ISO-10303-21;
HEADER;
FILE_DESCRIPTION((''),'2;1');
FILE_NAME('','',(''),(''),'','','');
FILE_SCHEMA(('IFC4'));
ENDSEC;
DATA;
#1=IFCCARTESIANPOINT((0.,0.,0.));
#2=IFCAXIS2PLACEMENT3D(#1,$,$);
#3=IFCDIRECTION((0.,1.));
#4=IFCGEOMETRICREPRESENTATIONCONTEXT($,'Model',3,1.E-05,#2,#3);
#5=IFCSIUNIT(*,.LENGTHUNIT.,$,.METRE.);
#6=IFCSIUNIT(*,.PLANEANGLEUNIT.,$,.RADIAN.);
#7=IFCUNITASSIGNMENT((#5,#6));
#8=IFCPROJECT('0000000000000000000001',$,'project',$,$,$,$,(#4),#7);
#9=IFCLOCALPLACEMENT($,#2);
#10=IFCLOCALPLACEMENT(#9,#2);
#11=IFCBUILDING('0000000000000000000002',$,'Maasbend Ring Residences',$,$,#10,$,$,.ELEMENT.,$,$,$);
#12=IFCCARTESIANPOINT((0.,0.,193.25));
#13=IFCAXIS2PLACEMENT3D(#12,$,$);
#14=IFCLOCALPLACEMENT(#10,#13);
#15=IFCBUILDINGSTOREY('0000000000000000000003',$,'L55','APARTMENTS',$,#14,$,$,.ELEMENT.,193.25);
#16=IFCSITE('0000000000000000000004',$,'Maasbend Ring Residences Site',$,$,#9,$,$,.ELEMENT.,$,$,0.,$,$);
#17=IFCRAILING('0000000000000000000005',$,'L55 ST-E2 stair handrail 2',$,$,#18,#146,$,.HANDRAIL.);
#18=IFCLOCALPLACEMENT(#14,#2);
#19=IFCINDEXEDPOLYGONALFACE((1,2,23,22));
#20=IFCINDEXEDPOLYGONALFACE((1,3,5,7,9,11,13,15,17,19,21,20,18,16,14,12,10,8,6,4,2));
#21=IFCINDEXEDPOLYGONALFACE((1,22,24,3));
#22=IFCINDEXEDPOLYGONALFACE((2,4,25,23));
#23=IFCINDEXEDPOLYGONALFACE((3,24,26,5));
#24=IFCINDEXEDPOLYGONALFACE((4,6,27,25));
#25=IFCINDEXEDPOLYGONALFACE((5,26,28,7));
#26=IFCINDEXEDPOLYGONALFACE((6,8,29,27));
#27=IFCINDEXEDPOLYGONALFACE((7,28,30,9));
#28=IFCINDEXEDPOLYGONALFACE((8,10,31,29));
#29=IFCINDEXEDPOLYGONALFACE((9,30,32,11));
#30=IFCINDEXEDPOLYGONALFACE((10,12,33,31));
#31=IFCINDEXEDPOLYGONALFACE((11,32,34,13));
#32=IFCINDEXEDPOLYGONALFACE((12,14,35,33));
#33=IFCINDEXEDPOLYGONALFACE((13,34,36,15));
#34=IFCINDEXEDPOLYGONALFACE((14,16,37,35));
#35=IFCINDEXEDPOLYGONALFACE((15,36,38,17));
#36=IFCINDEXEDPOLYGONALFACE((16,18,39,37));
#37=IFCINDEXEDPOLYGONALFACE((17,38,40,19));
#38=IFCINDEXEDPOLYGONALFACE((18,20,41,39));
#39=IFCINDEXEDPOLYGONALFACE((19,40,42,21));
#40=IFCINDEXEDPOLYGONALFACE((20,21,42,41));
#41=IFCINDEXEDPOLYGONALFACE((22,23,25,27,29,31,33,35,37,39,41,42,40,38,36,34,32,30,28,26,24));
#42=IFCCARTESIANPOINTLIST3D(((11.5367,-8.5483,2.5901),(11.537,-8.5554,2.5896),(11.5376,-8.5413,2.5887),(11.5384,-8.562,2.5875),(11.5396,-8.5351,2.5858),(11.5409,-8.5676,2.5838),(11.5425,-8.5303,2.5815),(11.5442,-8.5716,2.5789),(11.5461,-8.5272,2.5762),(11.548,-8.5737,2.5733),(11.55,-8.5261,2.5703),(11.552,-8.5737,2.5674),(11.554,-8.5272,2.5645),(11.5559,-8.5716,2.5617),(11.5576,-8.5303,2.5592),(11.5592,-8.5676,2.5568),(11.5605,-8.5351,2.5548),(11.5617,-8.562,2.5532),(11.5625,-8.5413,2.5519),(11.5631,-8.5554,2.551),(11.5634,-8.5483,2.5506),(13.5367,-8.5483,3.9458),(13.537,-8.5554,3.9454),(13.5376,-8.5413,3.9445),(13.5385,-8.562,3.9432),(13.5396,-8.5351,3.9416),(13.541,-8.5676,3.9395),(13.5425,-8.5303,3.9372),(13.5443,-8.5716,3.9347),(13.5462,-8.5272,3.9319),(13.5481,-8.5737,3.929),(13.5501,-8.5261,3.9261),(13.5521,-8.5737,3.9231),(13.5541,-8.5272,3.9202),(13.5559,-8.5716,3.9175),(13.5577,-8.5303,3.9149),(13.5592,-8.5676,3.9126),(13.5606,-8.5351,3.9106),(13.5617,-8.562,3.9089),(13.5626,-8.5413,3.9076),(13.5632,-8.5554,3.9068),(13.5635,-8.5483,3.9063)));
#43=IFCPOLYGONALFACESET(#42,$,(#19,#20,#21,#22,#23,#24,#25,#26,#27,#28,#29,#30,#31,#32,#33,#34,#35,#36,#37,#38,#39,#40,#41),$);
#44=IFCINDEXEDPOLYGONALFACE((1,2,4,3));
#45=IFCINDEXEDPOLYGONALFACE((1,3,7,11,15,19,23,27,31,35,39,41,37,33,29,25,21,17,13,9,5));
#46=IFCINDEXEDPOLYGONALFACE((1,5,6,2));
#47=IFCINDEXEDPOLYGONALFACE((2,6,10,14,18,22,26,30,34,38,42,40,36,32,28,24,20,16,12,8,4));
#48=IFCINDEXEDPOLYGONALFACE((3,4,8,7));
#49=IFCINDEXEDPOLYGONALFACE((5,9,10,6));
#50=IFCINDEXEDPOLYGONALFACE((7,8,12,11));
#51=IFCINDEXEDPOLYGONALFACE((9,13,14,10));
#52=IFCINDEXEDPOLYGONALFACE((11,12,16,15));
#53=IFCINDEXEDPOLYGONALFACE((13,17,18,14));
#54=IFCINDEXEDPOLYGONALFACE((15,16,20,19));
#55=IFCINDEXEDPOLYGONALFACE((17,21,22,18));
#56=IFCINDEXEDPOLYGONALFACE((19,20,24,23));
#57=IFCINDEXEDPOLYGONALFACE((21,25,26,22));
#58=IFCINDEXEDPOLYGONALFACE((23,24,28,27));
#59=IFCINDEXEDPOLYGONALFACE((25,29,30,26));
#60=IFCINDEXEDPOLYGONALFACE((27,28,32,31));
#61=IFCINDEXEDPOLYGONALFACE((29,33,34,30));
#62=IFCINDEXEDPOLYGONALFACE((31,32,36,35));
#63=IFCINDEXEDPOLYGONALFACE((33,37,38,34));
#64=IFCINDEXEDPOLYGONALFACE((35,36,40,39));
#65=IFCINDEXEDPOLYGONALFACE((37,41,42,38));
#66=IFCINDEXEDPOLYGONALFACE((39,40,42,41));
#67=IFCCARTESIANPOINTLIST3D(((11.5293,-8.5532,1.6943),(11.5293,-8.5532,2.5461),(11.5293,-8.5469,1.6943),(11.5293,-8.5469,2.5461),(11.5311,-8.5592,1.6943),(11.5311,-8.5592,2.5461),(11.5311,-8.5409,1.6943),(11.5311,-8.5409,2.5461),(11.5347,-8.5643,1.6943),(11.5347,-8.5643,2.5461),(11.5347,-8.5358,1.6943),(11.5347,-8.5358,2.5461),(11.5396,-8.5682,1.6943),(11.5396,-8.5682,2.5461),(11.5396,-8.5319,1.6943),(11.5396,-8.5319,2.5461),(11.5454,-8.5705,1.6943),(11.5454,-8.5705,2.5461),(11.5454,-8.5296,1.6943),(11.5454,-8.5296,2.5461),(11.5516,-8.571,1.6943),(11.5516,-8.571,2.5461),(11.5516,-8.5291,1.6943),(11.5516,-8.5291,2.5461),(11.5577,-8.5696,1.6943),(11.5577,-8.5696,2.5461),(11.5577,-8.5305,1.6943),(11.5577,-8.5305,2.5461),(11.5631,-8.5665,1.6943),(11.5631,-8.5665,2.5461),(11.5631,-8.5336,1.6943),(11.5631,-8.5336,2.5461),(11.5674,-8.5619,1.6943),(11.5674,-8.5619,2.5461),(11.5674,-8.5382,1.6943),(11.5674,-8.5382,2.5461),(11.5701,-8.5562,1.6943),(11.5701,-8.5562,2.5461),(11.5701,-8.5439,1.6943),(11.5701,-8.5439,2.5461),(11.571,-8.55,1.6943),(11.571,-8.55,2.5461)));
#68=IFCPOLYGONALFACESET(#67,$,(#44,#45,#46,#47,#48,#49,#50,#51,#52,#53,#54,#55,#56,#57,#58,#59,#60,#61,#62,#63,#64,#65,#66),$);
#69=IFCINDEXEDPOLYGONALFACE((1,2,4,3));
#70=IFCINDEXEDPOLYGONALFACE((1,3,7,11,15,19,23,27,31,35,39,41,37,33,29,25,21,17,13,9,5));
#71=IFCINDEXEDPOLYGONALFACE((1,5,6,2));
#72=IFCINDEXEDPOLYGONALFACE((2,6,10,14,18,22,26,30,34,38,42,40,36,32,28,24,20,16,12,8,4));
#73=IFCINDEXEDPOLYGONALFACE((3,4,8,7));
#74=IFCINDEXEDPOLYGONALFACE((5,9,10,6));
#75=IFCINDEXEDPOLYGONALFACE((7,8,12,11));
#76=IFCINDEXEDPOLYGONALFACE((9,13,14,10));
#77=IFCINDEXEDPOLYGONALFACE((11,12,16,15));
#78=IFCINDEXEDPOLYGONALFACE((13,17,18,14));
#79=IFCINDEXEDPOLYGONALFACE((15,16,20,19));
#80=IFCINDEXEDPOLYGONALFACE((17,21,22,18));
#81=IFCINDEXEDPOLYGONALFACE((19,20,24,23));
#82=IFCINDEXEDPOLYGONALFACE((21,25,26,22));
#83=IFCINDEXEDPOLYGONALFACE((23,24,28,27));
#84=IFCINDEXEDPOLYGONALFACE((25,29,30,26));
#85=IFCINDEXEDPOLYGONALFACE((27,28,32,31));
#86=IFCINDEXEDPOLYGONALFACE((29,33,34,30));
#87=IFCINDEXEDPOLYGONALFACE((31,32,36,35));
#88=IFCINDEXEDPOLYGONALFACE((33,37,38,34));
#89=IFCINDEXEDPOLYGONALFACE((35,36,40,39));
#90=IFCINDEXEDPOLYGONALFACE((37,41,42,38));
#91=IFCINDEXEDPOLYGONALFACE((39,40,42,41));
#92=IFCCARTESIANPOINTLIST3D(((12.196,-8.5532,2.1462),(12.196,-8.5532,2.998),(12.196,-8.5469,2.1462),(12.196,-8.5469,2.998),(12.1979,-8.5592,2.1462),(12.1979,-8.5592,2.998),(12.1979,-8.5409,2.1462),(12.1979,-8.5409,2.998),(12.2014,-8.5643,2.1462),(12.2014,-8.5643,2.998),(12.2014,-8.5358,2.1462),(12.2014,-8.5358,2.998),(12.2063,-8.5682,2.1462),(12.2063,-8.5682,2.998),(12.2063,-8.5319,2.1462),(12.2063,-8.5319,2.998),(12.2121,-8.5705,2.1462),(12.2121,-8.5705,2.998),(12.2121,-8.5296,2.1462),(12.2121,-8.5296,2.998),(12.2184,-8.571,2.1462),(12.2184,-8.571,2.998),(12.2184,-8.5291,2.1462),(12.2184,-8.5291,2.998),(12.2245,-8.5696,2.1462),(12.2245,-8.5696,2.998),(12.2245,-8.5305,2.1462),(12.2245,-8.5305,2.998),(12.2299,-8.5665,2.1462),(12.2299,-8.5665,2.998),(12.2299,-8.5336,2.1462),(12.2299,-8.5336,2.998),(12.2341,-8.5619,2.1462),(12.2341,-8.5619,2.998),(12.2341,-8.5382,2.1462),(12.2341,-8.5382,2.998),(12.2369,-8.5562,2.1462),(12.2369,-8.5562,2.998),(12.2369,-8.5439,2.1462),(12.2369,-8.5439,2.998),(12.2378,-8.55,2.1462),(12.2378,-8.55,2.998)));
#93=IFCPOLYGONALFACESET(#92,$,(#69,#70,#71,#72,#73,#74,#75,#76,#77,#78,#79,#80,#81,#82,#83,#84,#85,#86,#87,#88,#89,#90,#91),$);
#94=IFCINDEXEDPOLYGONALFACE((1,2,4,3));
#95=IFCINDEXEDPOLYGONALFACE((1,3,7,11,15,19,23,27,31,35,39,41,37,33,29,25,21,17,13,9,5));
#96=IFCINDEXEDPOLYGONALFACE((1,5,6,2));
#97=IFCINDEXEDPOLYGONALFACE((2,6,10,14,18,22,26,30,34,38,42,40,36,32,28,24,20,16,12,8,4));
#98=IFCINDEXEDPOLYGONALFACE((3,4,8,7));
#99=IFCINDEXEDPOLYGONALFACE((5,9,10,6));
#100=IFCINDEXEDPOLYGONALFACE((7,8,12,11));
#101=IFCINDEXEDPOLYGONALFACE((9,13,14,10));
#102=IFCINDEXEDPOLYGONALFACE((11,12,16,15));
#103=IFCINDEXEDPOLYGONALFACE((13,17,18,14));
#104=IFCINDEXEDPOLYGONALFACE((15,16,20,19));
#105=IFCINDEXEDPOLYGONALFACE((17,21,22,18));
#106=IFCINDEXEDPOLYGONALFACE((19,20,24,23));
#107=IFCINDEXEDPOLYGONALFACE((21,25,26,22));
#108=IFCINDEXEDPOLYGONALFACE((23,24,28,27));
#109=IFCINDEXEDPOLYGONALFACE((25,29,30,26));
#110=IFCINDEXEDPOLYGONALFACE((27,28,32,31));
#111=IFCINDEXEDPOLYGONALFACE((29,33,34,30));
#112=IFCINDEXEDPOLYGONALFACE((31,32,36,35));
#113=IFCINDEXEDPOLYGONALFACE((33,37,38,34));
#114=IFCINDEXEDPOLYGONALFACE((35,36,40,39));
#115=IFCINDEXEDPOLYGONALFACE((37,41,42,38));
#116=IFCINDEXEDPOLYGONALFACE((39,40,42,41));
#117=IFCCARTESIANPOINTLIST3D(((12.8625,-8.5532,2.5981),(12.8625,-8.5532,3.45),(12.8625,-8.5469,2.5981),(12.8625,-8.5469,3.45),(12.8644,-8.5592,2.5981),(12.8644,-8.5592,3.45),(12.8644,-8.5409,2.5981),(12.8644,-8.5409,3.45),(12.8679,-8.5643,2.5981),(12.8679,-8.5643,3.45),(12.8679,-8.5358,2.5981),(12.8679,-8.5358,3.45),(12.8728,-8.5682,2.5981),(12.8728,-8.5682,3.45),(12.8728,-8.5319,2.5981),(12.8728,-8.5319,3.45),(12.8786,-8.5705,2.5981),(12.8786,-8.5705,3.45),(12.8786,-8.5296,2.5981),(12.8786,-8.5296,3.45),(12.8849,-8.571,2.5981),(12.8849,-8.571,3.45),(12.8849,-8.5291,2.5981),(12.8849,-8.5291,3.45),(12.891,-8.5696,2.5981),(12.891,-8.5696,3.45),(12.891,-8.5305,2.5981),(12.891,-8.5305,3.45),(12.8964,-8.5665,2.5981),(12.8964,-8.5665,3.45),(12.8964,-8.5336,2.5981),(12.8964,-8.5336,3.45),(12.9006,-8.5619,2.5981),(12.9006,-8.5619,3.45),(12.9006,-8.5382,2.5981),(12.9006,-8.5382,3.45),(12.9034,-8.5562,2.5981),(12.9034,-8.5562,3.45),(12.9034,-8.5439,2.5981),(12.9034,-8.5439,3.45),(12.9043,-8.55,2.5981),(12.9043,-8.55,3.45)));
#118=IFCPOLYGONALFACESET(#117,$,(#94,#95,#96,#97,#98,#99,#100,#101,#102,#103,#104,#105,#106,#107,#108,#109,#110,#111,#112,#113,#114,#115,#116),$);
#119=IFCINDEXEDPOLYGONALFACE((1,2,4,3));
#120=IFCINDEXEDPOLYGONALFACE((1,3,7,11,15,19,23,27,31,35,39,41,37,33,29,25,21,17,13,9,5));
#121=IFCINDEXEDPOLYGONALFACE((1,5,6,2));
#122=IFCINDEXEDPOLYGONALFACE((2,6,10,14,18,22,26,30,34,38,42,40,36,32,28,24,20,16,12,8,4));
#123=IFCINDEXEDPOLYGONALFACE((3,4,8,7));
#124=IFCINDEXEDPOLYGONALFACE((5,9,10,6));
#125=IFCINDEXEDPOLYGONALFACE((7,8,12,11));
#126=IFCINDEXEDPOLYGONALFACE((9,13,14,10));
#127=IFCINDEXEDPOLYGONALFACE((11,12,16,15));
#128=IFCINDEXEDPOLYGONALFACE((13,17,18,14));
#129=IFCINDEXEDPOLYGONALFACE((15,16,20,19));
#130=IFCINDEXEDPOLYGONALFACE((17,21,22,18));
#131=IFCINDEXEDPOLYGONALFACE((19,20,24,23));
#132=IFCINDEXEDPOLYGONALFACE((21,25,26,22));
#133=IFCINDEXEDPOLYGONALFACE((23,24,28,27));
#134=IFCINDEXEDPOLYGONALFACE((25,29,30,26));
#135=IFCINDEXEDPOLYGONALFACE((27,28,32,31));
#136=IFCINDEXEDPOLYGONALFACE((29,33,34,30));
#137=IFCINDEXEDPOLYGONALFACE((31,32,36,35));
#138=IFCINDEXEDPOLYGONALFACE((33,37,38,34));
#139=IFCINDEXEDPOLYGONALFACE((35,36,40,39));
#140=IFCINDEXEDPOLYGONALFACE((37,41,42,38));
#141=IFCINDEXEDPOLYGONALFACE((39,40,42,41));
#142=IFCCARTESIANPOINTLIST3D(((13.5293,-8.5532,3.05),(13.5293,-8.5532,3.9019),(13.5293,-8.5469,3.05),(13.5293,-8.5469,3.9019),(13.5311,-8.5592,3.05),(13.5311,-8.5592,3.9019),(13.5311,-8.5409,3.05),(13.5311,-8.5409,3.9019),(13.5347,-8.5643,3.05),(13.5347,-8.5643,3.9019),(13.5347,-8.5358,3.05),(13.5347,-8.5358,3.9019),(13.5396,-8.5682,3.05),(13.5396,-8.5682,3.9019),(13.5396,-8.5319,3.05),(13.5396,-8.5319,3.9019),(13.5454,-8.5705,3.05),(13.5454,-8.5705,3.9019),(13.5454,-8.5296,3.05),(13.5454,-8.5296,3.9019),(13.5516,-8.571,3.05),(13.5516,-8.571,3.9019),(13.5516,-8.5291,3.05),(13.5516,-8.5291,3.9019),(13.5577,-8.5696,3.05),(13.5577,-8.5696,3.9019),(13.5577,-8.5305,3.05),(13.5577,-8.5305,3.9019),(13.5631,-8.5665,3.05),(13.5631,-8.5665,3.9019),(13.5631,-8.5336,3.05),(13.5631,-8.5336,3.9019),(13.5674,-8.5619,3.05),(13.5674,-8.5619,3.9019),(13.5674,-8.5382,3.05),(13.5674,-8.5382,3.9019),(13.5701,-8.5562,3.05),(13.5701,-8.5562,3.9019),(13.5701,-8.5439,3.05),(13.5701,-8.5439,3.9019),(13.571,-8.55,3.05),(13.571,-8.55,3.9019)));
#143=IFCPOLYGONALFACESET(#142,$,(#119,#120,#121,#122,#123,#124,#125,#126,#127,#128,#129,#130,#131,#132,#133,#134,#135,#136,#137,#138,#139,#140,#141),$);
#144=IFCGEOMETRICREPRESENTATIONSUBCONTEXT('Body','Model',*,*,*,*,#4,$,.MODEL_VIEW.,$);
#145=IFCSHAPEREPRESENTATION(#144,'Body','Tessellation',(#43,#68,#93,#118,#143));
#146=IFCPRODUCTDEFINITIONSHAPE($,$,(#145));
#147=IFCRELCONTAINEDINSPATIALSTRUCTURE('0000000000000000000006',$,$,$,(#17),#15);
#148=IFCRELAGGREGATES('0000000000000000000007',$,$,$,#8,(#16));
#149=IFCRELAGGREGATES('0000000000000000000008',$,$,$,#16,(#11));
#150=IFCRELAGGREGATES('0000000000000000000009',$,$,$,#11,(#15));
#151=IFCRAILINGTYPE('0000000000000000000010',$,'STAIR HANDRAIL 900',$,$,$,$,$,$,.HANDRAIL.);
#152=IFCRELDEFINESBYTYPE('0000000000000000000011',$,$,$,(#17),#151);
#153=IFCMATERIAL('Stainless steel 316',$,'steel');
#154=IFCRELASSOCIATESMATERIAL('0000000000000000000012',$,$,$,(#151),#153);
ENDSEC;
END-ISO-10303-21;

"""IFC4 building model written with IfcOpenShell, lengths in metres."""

from ifc_helpers import new_model, si_unit, direction, frame, origin, origin_2d, place, context, subcontext, project, spatial, circle, extrude, material, type_object, element, save


model = new_model("IFC4")

# Units and contexts
model_context = context("Model", 3, precision=1e-05, world=origin(), true_north=direction((0.0, 1.0)))
body_context = subcontext(model_context, "Body", "Model", "MODEL_VIEW")
ifc_project = project(units=[si_unit("LENGTHUNIT", "METRE"), si_unit("PLANEANGLEUNIT", "RADIAN")], contexts=[model_context])

# Site, building, storey
site_placement = place(None, origin())
site = spatial("IfcSite", under=ifc_project, at=site_placement, Name="Maasbend Ring Residences Site", CompositionType="ELEMENT", RefElevation=0.0)
building_placement = place(site_placement, origin())
building = spatial("IfcBuilding", under=site, at=building_placement, Name="Maasbend Ring Residences", CompositionType="ELEMENT")
storey_placement = place(building_placement, frame((0.0, 0.0, 193.25)))
storey = spatial("IfcBuildingStorey", under=building, at=storey_placement, Name="L55", Description="APARTMENTS", CompositionType="ELEMENT", Elevation=193.25)

# Railing
ifc_material_1 = material(Name="Stainless steel 316", Category="steel")
railing_type = type_object("IfcRailingType", Name="STAIR HANDRAIL 900", PredefinedType="HANDRAIL", material=ifc_material_1)
railing_placement = place(storey_placement, frame((11.55, -8.55, 1.6943)))
element("IfcRailing", 1, at=railing_placement, inside=storey, type_object=railing_type, Name="L55 ST-E2 stair handrail 2", PredefinedType="HANDRAIL", context=body_context, shape_type="SweptSolid", body=[
    extrude(circle(Radius=0.0239, at=origin_2d()), frame((0.0, 0.0, 0.876), z_axis=(0.827751, 0.0, 0.561096), x_axis=(0.0, 1.0, 0.0)), (0.0, 0.0, 1.0), 2.4163),
    extrude(circle(Radius=0.021, at=origin_2d()), origin(), (0.0, 0.0, 1.0), 0.8518),
    extrude(circle(Radius=0.021, at=origin_2d()), frame((0.6667, 0.0, 0.4519)), (0.0, 0.0, 1.0), 0.8518),
    extrude(circle(Radius=0.021, at=origin_2d()), frame((1.3333, 0.0, 0.9038)), (0.0, 0.0, 1.0), 0.8518),
    extrude(circle(Radius=0.021, at=origin_2d()), frame((2.0, 0.0, 1.3557)), (0.0, 0.0, 1.0), 0.8518),
])

save(model, "model.ifc")
